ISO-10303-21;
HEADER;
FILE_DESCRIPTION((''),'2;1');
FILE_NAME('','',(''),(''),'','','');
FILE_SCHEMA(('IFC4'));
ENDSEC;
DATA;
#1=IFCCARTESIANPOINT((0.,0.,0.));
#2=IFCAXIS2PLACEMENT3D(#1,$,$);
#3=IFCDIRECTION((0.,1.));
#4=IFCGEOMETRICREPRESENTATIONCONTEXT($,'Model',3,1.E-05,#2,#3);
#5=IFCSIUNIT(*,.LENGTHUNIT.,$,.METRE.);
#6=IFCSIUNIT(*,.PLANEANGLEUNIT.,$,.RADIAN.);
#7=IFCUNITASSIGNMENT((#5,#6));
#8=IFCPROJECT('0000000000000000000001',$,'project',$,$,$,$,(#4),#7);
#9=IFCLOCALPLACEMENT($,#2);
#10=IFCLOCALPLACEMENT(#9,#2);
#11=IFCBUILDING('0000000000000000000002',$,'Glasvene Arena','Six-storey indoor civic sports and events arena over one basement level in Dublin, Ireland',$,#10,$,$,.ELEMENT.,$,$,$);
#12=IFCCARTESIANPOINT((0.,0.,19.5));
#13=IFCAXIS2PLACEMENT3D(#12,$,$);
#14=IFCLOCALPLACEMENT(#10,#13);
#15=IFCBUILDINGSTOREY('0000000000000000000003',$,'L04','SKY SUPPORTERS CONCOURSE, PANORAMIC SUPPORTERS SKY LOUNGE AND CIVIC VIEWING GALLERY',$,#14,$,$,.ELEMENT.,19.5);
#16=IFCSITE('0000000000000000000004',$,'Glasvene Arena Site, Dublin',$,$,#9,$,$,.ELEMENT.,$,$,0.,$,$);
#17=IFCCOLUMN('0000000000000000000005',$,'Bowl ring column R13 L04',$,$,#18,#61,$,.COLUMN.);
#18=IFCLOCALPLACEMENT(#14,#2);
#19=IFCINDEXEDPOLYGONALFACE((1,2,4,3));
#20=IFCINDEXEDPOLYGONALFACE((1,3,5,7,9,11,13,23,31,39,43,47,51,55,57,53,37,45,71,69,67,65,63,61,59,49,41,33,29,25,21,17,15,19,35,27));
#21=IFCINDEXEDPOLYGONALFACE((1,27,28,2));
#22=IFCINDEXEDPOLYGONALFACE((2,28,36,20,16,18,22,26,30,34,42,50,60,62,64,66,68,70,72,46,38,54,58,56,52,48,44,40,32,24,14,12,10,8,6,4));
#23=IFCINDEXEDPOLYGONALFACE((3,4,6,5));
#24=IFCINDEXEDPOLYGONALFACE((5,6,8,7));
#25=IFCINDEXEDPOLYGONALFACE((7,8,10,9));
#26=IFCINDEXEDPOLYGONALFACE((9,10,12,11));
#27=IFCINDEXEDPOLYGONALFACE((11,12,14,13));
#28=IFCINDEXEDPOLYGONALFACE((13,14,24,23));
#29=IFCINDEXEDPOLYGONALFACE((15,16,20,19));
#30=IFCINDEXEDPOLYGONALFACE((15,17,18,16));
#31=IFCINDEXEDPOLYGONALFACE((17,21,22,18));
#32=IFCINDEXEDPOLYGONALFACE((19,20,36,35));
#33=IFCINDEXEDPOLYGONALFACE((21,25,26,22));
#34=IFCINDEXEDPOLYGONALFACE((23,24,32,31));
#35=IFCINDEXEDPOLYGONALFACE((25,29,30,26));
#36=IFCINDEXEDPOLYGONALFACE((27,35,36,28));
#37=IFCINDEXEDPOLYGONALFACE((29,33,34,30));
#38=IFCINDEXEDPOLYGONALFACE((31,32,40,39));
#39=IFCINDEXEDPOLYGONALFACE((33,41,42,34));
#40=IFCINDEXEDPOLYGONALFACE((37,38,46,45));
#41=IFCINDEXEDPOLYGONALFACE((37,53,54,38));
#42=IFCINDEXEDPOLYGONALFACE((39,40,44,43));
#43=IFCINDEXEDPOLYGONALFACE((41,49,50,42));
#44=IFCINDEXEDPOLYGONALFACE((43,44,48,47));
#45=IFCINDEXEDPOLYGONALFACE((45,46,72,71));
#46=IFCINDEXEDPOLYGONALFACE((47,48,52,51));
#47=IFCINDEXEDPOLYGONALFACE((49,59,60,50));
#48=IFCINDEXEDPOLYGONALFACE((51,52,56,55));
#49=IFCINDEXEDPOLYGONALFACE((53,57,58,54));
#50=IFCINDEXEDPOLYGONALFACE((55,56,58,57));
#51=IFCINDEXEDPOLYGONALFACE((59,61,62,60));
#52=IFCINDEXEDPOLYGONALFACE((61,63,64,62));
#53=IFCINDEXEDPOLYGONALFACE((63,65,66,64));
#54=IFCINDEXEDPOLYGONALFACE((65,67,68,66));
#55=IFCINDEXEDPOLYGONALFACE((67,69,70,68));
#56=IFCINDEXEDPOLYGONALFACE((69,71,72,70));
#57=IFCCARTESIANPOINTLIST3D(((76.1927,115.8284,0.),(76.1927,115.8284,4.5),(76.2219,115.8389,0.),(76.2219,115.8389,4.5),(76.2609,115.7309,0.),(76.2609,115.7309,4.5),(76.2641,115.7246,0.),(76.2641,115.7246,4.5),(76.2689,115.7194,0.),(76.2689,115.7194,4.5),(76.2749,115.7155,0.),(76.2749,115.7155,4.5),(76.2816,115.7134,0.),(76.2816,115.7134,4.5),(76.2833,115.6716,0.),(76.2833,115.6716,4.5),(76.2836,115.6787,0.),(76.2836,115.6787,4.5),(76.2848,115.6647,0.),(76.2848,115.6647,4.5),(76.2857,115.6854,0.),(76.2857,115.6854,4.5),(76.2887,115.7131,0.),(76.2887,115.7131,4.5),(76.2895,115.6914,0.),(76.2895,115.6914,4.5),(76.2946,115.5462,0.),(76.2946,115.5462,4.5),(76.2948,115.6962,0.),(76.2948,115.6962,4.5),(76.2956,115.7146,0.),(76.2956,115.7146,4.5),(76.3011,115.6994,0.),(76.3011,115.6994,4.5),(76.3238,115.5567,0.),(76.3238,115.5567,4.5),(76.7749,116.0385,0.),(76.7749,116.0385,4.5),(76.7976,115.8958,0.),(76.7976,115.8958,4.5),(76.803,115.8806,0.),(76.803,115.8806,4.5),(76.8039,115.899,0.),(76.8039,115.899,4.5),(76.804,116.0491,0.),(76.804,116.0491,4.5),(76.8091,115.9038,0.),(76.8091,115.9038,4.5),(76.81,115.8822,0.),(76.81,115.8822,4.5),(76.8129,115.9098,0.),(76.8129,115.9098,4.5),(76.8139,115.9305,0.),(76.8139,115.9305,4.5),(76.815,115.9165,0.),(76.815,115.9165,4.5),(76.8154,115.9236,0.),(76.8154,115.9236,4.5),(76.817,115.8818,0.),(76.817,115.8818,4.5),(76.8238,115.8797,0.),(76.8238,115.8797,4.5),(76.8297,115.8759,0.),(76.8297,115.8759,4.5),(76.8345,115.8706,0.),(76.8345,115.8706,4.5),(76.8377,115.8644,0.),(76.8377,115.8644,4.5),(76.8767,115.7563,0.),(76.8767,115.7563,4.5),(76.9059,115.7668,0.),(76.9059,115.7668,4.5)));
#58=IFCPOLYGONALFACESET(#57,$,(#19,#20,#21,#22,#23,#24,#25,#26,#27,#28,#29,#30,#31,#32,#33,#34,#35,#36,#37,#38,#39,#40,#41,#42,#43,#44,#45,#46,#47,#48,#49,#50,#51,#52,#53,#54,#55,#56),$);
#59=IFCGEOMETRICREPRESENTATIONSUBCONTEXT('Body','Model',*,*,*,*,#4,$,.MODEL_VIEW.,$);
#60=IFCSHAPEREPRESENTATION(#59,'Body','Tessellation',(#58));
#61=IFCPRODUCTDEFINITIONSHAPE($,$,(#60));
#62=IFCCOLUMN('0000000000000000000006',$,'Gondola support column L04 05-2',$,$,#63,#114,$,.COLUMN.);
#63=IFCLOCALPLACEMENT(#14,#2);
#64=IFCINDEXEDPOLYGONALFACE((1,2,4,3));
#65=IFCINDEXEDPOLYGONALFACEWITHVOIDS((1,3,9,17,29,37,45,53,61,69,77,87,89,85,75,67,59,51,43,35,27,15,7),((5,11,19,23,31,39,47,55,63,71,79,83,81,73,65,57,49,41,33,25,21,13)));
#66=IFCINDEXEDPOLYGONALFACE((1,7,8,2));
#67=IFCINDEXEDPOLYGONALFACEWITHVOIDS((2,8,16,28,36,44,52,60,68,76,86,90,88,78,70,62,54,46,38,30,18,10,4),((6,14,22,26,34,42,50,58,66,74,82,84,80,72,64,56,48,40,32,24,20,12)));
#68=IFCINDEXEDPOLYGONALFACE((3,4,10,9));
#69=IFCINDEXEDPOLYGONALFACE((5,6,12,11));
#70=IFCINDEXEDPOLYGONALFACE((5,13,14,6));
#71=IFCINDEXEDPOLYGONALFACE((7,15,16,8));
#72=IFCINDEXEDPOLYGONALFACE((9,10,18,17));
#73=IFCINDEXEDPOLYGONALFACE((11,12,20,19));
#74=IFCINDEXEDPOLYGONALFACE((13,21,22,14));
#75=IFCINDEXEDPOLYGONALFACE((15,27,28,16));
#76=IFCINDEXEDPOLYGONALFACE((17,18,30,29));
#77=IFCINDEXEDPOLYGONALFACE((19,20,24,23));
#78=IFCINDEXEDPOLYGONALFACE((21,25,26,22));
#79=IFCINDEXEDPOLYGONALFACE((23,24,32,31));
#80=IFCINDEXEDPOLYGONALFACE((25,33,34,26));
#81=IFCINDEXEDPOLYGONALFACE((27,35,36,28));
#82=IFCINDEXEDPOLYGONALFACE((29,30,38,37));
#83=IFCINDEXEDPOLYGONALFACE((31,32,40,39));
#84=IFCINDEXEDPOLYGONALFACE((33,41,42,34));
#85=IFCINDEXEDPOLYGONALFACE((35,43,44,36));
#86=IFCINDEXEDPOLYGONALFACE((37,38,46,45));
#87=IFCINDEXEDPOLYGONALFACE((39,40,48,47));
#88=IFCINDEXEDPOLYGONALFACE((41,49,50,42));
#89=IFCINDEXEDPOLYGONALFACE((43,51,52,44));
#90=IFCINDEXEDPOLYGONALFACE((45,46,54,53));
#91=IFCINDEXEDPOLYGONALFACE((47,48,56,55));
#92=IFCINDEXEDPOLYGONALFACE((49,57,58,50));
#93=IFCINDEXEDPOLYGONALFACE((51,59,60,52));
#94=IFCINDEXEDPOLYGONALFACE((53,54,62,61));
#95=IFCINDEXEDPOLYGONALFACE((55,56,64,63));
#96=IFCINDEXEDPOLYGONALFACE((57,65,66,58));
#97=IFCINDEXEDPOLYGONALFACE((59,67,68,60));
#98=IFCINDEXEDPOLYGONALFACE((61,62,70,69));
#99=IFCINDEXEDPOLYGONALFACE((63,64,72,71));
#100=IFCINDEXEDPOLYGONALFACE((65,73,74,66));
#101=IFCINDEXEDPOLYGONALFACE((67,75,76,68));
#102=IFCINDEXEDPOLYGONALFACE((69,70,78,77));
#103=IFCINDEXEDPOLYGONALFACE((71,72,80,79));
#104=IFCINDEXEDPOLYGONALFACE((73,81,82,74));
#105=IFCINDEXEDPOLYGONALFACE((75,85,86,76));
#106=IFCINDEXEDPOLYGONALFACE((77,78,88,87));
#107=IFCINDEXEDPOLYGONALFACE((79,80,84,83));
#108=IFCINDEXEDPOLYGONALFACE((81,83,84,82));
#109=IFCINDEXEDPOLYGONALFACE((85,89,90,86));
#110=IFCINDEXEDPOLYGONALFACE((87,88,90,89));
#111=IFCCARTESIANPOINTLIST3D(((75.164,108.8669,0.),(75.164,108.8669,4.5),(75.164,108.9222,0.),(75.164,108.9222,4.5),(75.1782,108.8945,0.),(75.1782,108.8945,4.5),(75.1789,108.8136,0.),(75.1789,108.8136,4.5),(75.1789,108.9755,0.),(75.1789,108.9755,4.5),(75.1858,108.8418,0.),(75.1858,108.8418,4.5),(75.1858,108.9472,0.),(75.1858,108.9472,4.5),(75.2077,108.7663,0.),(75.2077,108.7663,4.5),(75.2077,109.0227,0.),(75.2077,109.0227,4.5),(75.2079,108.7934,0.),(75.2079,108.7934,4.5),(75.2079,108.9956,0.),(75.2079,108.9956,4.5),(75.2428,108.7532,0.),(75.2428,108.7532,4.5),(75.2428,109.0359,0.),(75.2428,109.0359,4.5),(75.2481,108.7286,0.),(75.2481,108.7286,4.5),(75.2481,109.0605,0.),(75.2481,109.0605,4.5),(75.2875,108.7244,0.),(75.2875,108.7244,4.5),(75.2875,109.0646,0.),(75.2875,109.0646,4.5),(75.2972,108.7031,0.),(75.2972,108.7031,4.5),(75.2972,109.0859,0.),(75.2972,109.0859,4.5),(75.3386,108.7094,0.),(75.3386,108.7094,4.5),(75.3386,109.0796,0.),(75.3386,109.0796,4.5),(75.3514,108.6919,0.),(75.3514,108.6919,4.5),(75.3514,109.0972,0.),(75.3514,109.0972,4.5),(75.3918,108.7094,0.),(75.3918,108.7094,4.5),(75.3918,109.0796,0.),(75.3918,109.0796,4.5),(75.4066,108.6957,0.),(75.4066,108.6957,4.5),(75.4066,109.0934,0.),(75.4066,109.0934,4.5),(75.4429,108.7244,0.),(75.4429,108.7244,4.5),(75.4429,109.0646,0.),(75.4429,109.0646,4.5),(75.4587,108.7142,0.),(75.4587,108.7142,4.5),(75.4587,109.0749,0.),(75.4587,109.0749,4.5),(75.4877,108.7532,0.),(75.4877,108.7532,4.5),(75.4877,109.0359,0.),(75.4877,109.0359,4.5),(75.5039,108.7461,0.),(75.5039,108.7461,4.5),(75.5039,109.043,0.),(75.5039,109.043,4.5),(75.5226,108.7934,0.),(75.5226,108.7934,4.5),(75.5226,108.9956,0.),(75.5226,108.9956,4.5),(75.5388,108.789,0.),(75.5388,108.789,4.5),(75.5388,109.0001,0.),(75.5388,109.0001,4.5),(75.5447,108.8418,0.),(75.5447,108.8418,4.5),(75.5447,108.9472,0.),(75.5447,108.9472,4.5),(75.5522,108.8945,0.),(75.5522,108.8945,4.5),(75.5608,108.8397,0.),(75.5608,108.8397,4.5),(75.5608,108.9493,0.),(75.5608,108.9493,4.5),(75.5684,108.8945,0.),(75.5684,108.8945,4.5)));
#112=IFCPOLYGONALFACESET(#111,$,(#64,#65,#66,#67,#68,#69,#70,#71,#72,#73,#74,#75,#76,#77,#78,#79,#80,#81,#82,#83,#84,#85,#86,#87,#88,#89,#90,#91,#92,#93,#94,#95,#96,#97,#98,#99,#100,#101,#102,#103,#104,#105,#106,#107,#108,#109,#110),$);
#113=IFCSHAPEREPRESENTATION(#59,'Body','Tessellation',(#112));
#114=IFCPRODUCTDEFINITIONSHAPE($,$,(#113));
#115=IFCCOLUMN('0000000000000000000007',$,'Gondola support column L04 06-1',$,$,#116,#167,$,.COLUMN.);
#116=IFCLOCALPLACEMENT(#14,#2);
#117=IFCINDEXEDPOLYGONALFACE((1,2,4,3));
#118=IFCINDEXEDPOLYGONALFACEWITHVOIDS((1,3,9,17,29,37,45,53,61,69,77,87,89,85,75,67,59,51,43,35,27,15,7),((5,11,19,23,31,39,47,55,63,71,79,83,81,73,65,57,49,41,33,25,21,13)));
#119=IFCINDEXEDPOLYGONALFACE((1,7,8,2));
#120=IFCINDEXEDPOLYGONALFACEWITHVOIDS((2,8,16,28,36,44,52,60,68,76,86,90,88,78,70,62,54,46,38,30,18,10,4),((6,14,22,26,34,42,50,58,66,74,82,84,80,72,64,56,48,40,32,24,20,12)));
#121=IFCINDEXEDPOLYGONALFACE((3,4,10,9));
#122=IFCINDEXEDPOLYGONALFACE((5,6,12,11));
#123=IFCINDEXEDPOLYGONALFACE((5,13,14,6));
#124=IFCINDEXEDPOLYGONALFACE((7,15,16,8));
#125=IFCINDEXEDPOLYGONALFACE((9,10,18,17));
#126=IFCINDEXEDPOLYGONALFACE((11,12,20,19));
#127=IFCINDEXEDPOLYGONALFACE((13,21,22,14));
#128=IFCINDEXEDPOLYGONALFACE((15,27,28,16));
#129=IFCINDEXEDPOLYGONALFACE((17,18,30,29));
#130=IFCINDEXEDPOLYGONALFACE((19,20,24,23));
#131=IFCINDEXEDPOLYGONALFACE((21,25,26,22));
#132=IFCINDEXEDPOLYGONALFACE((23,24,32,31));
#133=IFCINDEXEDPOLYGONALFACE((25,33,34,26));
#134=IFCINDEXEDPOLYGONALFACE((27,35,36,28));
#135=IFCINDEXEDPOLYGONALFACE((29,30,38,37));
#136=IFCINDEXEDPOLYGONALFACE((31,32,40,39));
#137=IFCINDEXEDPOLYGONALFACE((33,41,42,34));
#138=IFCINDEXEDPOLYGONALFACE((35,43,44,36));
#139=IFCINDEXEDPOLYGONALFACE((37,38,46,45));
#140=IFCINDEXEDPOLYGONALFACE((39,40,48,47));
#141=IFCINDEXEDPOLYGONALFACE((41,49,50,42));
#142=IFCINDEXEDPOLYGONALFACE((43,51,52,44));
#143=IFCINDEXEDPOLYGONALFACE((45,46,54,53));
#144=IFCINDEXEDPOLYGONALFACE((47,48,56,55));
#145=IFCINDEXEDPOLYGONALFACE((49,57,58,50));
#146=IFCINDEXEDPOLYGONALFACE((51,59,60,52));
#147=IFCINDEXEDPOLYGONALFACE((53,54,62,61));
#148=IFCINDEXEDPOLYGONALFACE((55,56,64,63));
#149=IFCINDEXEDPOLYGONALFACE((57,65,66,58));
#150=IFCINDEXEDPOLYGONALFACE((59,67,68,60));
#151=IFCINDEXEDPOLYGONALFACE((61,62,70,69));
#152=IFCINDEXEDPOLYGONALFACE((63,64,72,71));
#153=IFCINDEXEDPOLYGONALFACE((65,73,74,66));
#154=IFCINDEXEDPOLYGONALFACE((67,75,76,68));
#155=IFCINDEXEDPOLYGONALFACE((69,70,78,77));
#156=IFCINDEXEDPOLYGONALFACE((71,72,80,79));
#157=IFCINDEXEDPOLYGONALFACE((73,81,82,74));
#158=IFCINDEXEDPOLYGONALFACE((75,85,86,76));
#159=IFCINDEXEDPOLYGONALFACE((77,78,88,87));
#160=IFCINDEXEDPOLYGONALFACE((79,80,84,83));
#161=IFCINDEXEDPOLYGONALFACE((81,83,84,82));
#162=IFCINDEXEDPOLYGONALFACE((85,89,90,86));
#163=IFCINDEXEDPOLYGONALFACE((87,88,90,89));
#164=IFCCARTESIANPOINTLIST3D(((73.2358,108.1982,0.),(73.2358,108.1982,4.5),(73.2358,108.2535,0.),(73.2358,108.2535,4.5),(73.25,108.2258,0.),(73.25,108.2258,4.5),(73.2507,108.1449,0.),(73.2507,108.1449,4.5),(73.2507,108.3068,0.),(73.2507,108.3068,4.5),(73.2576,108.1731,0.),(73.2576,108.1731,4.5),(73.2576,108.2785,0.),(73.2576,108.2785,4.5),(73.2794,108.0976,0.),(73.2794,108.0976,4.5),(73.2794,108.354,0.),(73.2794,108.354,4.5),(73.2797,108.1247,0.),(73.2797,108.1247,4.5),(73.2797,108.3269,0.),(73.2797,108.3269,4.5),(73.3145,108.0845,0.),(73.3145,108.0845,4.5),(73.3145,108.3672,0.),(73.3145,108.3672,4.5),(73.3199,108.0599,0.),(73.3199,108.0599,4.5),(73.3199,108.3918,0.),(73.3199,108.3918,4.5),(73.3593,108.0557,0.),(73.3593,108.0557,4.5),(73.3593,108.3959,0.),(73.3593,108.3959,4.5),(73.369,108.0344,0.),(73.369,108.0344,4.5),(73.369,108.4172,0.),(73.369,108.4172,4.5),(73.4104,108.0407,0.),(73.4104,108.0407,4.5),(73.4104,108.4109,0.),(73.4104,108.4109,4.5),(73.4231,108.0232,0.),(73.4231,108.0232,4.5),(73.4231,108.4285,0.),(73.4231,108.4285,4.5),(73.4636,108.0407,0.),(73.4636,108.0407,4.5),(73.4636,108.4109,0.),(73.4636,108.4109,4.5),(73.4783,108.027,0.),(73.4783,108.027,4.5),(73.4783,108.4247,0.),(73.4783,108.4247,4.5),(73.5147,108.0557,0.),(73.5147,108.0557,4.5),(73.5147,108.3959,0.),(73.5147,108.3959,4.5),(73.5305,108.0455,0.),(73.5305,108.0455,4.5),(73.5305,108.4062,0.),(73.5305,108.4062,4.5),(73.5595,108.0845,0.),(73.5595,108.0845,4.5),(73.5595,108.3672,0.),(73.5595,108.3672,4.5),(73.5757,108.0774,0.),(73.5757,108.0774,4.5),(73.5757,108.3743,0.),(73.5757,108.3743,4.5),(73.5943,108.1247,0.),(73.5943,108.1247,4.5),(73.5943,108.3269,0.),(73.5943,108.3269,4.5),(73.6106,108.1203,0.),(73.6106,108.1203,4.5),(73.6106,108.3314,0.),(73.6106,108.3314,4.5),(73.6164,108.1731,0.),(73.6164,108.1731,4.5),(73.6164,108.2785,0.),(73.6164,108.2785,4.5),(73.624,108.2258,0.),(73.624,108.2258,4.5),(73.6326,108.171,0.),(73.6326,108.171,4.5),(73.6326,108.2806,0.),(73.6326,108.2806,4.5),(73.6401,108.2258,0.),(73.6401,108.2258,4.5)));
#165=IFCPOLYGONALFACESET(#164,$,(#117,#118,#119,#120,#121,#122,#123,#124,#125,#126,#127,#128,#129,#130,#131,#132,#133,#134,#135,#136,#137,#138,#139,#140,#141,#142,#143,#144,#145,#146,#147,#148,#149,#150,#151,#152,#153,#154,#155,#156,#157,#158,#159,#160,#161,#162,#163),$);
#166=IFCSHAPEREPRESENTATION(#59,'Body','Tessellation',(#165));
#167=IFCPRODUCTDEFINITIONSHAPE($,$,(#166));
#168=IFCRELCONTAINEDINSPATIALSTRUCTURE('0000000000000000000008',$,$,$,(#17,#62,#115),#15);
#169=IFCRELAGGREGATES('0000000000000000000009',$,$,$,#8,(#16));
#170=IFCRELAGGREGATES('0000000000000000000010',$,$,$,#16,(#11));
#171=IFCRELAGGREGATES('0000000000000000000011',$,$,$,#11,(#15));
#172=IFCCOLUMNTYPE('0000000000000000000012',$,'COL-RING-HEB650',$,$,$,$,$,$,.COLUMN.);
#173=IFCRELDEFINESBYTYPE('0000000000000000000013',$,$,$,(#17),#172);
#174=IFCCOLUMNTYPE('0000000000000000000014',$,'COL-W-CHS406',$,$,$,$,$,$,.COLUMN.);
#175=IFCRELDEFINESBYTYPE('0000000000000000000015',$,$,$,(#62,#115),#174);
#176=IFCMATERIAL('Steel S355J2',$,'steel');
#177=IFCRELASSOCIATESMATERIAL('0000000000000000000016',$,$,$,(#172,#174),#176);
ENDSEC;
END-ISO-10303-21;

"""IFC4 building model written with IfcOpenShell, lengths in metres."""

from ifc_helpers import new_model, si_unit, direction, frame, origin, origin_2d, place, context, subcontext, project, spatial, hollow_circle, i_section, extrude, material, material_profile, profile_set, type_object, element, save


model = new_model("IFC4")

# Units and contexts
model_context = context("Model", 3, precision=1e-05, world=origin(), true_north=direction((0.0, 1.0)))
body_context = subcontext(model_context, "Body", "Model", "MODEL_VIEW")
ifc_project = project(units=[si_unit("LENGTHUNIT", "METRE"), si_unit("PLANEANGLEUNIT", "RADIAN")], contexts=[model_context])

# Site, building, storey
site_placement = place(None, origin())
site = spatial("IfcSite", under=ifc_project, at=site_placement, Name="Glasvene Arena Site, Dublin", CompositionType="ELEMENT", RefElevation=0.0)
building_placement = place(site_placement, origin())
building = spatial("IfcBuilding", under=site, at=building_placement, Name="Glasvene Arena", Description="Six-storey indoor civic sports and events arena over one basement level in Dublin, Ireland", CompositionType="ELEMENT")
storey_placement = place(building_placement, frame((0.0, 0.0, 19.5)))
storey = spatial("IfcBuildingStorey", under=building, at=storey_placement, Name="L04", Description="SKY SUPPORTERS CONCOURSE, PANORAMIC SUPPORTERS SKY LOUNGE AND CIVIC VIEWING GALLERY", CompositionType="ELEMENT", Elevation=19.5)

# Columns
ifc_material_1 = material(Name="Steel S355J2", Category="steel")
ifc_material_profile_1 = material_profile(ifc_material_1, i_section(OverallWidth=0.3, OverallDepth=0.6499, WebThickness=0.0161, FlangeThickness=0.031, FilletRadius=0.0271, at=origin_2d()), Name="HEB 650")
ifc_profile_set_1 = profile_set([ifc_material_profile_1], Name="Steel S355J2")
column_type_1 = type_object("IfcColumnType", Name="COL-RING-HEB650", PredefinedType="COLUMN", material=ifc_profile_set_1)
column_placement = place(storey_placement, frame((76.5493, 115.7976, 0.0), z_axis=(0.0, 0.0, 1.0), x_axis=(-0.339559, 0.940585, 0.0)))
element("IfcColumn", 1, at=column_placement, inside=storey, type_object=column_type_1, Name="Bowl ring column R13 L04", PredefinedType="COLUMN", context=body_context, shape_type="SweptSolid", body=[
    extrude(i_section(OverallWidth=0.3, OverallDepth=0.6499, WebThickness=0.0161, FlangeThickness=0.031, FilletRadius=0.0271, at=origin_2d()), origin(), (0.0, 0.0, 1.0), 4.5),
])
ifc_material_profile_2 = material_profile(ifc_material_1, hollow_circle(Radius=0.2031, WallThickness=0.0161, at=origin_2d()), Name="CHS 406.4x16.0")
ifc_profile_set_2 = profile_set([ifc_material_profile_2], Name="Steel S355J2")
column_type_2 = type_object("IfcColumnType", Name="COL-W-CHS406", PredefinedType="COLUMN", material=ifc_profile_set_2)
for number, where, z_axis, x_axis, name in (
    (2, (75.3652, 108.8945, 0.0), (0.0, 0.0, 1.0), (1.0, 0.0, 0.0), "Gondola support column L04 05-2"),
    (3, (73.437, 108.2258, 0.0), (0.0, 0.0, 1.0), (1.0, 0.0, 0.0), "Gondola support column L04 06-1"),
):
    element("IfcColumn", number, at=place(storey_placement, frame(where, z_axis=z_axis, x_axis=x_axis)), inside=storey, type_object=column_type_2, Name=name, PredefinedType="COLUMN", context=body_context, shape_type="SweptSolid", body=[
        extrude(hollow_circle(Radius=0.2031, WallThickness=0.0161, at=origin_2d()), origin(), (0.0, 0.0, 1.0), 4.5),
    ])

save(model, "model.ifc")
